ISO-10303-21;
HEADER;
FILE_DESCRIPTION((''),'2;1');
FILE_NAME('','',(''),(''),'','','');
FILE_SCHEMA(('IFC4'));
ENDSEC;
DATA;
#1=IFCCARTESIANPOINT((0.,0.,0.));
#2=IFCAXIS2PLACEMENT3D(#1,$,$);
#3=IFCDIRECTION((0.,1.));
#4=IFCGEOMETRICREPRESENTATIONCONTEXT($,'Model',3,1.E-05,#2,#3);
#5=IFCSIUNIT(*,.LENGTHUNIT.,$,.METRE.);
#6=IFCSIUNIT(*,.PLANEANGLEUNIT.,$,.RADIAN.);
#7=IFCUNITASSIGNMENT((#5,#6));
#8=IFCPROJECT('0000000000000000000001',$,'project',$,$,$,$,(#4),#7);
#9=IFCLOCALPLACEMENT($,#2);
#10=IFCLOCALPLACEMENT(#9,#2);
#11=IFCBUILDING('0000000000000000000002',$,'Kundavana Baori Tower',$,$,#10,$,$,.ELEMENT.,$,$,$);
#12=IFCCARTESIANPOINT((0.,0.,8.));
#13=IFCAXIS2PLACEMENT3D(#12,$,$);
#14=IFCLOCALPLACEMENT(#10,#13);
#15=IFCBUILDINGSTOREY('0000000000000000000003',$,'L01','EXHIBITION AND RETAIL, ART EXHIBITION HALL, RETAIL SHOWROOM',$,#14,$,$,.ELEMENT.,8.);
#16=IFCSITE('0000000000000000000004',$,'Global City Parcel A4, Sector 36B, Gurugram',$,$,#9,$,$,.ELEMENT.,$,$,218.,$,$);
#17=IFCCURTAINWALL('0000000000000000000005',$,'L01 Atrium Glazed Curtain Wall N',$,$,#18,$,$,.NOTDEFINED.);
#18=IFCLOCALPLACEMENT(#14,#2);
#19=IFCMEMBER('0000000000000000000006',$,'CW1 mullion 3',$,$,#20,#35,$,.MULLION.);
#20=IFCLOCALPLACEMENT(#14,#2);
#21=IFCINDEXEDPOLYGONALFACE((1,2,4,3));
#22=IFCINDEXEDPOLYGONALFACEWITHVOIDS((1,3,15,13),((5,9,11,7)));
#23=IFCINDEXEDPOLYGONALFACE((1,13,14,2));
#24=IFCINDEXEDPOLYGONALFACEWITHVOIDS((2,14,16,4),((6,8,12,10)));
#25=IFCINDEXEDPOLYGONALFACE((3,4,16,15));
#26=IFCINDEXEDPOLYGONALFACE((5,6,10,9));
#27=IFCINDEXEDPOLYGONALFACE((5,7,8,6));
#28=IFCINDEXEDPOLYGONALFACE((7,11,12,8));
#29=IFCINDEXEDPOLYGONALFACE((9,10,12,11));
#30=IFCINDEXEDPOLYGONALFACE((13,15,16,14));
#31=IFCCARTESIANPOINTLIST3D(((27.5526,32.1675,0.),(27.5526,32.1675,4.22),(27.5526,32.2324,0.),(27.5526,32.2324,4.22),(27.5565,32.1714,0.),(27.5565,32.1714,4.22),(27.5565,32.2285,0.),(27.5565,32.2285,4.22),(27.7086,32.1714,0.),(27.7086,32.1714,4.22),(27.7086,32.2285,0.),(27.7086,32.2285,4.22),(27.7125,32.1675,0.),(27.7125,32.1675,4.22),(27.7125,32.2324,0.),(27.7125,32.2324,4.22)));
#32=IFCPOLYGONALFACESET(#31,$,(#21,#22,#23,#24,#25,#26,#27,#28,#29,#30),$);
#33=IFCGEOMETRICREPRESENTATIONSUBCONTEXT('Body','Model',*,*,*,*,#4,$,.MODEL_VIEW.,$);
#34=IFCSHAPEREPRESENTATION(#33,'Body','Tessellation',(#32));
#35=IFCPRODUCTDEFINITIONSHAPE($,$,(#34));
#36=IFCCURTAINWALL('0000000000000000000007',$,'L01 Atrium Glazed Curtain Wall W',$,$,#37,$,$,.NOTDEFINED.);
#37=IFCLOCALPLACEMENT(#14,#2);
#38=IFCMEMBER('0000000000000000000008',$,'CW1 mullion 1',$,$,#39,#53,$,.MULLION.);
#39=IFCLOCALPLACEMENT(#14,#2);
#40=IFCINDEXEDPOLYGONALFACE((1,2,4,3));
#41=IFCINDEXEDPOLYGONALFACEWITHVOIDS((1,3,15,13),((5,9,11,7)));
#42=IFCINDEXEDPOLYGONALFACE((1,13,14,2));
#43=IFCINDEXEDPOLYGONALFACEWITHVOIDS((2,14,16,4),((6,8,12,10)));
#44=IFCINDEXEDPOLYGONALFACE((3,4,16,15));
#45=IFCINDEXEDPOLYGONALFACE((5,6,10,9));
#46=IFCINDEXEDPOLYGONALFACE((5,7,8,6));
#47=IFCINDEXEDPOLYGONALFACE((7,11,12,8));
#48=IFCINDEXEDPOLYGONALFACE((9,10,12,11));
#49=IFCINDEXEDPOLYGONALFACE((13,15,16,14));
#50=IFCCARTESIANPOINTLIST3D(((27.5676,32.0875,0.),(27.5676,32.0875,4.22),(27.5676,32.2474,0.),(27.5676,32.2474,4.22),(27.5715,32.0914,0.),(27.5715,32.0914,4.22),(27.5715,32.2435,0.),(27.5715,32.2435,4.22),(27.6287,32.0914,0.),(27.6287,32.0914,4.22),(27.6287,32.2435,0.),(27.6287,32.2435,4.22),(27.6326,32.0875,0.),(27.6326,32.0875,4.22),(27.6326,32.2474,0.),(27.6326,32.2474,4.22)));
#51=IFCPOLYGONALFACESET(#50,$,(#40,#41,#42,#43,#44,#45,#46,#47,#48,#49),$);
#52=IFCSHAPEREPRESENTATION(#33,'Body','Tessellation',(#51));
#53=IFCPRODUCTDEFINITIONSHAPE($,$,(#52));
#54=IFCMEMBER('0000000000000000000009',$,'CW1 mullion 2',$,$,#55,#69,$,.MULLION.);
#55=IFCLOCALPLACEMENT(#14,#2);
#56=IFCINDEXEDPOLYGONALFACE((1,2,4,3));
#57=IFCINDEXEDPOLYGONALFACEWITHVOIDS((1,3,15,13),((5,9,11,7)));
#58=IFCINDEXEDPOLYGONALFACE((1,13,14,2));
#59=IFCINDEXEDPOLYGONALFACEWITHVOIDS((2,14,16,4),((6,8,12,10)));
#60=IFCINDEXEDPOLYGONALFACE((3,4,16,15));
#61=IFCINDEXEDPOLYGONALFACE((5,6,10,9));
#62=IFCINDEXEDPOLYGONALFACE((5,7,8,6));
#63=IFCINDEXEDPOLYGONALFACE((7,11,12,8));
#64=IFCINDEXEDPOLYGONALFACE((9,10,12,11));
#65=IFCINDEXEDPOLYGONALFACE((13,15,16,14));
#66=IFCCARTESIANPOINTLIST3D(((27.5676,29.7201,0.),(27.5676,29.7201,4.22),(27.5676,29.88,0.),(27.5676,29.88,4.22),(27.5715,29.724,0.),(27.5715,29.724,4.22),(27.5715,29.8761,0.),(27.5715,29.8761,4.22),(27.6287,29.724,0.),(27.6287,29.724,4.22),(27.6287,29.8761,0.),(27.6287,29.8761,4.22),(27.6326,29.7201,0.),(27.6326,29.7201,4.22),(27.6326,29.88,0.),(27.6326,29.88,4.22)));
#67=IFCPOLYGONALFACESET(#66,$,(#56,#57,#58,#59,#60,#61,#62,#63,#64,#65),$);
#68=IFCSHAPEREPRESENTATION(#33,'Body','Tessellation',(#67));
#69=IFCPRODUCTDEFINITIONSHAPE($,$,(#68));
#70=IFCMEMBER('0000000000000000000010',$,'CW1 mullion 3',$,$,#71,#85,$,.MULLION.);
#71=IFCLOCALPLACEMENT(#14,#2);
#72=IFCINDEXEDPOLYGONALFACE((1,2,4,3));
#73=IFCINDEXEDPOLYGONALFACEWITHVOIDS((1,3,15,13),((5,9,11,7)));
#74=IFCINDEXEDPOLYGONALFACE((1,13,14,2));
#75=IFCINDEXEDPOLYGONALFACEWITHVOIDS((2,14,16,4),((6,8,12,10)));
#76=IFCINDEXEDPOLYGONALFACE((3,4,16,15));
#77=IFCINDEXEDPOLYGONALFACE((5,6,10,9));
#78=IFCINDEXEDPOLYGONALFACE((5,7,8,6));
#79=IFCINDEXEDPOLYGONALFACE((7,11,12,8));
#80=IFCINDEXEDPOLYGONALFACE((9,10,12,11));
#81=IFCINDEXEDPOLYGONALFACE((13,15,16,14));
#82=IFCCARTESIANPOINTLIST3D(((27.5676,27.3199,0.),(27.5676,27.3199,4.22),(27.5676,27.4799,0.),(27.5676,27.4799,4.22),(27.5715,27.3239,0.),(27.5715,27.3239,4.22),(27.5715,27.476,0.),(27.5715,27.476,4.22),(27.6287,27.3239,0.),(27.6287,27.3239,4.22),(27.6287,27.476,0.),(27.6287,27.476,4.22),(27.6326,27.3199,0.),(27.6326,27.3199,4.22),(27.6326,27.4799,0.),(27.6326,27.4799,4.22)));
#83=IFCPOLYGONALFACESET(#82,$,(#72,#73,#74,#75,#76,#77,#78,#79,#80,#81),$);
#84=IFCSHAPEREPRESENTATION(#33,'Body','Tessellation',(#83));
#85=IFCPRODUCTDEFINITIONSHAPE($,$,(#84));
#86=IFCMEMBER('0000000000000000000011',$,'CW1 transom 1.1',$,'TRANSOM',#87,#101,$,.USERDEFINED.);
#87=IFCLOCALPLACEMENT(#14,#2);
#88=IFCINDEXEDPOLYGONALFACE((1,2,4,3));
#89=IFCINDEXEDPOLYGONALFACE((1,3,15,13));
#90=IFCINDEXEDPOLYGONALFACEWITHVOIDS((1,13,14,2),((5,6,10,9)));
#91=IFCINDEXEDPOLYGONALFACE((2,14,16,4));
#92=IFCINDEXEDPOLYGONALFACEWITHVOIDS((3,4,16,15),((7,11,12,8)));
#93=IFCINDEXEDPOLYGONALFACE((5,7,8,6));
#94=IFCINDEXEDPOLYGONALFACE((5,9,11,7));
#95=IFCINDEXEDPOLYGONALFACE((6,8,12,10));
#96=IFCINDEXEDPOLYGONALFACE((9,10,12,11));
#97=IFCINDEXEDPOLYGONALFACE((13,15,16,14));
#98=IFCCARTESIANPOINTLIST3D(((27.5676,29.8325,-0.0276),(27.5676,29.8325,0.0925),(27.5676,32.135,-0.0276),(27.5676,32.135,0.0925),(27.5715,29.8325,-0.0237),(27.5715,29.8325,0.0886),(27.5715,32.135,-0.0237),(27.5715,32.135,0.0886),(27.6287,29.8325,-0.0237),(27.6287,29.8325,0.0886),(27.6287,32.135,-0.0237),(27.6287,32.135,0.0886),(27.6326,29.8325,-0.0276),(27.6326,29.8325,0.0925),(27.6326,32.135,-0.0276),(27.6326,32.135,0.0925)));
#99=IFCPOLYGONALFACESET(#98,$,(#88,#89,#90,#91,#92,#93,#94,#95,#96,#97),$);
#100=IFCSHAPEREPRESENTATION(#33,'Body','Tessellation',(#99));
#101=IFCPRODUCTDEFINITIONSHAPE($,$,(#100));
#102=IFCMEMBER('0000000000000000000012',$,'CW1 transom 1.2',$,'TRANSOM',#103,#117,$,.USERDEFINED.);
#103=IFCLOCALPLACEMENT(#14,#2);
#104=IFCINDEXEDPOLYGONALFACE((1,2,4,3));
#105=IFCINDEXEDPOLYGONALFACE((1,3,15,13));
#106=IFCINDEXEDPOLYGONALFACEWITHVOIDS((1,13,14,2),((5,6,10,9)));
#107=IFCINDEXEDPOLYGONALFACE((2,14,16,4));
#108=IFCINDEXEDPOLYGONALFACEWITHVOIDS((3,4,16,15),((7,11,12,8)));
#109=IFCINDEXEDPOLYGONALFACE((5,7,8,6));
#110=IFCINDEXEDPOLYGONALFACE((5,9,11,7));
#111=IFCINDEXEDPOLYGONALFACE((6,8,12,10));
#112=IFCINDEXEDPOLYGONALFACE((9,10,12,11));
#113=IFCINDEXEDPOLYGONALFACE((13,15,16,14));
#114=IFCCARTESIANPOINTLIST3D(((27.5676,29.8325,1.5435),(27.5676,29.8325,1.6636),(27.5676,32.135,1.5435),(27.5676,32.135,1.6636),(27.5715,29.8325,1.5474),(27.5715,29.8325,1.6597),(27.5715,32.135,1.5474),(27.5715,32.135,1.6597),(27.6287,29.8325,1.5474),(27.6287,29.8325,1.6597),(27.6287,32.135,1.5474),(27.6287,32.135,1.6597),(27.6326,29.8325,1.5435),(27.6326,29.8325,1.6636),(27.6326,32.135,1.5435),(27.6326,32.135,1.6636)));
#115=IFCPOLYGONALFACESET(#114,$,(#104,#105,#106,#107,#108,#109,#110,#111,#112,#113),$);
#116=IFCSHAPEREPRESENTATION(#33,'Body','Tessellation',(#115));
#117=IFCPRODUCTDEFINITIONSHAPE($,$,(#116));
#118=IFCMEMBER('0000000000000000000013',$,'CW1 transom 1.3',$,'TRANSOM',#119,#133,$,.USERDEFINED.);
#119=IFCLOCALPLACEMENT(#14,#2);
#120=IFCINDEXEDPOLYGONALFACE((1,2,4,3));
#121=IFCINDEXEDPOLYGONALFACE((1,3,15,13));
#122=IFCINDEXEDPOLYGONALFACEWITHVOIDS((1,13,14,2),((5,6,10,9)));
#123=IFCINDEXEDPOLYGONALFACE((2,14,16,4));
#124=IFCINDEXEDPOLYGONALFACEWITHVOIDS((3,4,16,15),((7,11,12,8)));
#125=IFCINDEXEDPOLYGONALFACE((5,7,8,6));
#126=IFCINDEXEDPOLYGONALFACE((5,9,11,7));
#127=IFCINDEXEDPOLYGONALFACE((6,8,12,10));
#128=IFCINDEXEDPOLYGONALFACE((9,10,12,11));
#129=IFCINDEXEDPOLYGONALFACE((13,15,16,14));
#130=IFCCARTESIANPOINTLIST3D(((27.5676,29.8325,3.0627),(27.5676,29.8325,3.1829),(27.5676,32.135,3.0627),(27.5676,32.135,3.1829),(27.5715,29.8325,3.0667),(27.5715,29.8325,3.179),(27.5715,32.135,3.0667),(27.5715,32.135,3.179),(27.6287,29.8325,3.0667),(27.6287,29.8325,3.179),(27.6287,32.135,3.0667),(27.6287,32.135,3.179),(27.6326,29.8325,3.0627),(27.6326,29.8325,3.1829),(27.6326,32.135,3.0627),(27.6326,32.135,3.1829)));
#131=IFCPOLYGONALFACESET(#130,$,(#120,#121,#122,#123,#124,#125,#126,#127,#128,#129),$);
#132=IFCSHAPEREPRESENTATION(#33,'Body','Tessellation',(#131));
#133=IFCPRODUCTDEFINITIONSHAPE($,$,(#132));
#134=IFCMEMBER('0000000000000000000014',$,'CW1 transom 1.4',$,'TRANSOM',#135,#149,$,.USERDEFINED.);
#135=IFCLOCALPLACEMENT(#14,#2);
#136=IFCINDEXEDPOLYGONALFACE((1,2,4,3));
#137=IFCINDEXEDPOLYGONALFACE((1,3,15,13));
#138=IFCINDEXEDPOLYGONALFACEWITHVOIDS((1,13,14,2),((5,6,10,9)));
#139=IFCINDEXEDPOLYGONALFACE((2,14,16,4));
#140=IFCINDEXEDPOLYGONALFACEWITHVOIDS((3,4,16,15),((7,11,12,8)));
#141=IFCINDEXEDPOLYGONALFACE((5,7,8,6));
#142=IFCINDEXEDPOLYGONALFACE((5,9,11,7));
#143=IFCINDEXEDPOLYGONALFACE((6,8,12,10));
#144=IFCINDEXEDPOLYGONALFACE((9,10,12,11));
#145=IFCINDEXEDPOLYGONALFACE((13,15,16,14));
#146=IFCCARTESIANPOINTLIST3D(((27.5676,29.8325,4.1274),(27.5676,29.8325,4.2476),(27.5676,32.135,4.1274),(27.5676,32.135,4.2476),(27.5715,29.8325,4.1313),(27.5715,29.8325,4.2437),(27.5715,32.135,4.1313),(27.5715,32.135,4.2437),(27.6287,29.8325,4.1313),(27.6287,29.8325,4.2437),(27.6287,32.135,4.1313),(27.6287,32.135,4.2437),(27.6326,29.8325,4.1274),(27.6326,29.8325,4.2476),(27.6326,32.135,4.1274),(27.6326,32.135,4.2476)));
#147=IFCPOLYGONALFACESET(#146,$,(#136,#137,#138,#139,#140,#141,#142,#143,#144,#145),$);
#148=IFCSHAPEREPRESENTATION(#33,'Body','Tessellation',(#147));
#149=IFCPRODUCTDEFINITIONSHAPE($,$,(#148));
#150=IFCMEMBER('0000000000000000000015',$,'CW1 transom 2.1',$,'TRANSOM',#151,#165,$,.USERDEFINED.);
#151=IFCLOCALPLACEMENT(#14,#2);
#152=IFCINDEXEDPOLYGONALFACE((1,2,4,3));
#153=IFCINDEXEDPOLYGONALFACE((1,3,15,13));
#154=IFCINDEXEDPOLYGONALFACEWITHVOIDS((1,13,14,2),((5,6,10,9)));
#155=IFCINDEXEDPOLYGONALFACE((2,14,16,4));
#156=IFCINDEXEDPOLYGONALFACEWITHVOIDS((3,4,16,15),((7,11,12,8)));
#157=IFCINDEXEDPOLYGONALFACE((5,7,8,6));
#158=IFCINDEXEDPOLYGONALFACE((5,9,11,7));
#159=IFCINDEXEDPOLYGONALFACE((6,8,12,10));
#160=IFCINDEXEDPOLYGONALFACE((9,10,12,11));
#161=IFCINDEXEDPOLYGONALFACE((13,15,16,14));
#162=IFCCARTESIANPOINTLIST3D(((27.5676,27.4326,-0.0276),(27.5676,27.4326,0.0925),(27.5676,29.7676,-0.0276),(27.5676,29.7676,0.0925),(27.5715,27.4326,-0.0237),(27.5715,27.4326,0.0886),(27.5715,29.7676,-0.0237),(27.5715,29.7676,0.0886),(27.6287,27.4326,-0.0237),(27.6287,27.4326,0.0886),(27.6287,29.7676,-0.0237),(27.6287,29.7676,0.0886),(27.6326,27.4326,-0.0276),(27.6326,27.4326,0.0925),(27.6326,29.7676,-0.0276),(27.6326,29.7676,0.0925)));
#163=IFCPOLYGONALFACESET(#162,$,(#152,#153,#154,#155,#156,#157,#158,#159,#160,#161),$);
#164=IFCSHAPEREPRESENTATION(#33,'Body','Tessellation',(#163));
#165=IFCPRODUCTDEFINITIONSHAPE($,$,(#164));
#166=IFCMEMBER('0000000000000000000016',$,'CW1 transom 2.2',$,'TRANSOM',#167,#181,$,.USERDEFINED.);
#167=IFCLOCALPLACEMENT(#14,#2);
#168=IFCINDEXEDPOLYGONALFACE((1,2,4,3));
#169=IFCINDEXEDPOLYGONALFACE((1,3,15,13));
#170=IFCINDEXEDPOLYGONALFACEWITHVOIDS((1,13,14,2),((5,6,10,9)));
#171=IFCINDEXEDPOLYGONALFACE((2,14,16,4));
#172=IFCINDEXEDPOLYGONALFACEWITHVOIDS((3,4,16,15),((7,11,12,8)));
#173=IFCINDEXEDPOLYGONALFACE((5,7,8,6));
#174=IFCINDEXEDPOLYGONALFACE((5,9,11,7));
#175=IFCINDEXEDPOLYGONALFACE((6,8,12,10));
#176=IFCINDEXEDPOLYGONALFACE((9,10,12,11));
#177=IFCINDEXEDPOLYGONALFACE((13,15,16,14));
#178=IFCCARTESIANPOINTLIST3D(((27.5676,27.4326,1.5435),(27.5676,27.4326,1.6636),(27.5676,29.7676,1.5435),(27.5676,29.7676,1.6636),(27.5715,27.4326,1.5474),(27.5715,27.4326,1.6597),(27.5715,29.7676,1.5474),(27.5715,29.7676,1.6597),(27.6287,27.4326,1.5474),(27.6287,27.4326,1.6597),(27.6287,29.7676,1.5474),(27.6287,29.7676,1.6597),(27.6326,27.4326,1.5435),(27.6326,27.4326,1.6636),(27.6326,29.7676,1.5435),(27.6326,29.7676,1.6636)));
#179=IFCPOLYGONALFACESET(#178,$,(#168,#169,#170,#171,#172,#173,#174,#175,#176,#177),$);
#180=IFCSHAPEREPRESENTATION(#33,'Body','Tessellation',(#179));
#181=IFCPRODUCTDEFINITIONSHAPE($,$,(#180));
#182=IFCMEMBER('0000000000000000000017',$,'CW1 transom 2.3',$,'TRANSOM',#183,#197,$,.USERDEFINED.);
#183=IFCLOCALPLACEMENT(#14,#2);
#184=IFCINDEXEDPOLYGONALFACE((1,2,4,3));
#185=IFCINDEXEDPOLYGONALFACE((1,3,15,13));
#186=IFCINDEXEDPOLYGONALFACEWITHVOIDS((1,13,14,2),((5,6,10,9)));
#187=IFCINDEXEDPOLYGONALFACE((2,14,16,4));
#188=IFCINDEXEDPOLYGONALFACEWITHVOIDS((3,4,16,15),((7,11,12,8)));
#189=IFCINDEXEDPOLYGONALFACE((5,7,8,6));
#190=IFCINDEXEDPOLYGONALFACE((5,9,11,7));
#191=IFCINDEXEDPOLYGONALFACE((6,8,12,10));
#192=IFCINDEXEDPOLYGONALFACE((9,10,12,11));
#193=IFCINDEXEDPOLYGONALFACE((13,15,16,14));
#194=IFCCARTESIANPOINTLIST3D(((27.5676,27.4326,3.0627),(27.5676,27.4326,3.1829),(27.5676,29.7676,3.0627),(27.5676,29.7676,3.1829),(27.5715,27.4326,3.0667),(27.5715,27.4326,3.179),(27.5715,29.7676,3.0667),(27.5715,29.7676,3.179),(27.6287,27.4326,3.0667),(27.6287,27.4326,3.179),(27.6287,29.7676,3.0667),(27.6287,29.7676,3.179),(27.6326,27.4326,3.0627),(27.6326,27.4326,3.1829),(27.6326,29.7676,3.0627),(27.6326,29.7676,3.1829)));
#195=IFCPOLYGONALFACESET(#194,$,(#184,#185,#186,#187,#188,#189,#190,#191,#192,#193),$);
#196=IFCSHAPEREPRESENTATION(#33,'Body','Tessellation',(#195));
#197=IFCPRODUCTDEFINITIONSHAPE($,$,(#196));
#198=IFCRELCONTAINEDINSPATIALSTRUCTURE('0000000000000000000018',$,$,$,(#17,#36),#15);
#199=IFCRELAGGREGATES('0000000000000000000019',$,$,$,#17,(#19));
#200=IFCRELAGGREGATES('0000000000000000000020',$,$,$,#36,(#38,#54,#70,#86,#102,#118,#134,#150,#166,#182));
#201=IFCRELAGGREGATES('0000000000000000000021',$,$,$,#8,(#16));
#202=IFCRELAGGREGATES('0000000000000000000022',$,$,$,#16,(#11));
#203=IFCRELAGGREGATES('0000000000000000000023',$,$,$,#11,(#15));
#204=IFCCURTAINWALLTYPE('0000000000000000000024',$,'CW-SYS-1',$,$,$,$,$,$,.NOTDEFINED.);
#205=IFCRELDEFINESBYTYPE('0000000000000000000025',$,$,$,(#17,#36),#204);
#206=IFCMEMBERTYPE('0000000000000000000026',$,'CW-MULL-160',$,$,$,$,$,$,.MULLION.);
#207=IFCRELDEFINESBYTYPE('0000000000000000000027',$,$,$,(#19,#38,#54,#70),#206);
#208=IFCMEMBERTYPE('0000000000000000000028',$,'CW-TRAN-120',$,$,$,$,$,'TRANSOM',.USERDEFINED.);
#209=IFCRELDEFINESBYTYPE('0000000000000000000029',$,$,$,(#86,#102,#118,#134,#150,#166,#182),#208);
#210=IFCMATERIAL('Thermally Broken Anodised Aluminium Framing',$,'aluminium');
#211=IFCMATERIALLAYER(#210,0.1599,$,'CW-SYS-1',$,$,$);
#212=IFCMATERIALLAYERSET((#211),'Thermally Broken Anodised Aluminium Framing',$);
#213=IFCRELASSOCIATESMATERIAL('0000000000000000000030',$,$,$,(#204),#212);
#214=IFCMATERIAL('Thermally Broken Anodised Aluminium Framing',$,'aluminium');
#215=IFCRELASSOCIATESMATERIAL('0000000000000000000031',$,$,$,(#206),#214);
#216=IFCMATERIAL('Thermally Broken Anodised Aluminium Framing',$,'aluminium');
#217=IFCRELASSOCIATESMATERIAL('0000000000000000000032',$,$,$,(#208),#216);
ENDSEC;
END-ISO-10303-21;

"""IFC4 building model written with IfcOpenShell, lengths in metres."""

from ifc_helpers import new_model, si_unit, direction, frame, origin, origin_2d, place, context, subcontext, project, spatial, hollow_rectangle, extrude, material, layer, layer_set, material_profile, profile_set, type_object, element, aggregate, save


model = new_model("IFC4")

# Units and contexts
model_context = context("Model", 3, precision=1e-05, world=origin(), true_north=direction((0.0, 1.0)))
body_context = subcontext(model_context, "Body", "Model", "MODEL_VIEW")
ifc_project = project(units=[si_unit("LENGTHUNIT", "METRE"), si_unit("PLANEANGLEUNIT", "RADIAN")], contexts=[model_context])

# Site, building, storey
site_placement = place(None, origin())
site = spatial("IfcSite", under=ifc_project, at=site_placement, Name="Global City Parcel A4, Sector 36B, Gurugram", CompositionType="ELEMENT", RefElevation=218.0)
building_placement = place(site_placement, origin())
building = spatial("IfcBuilding", under=site, at=building_placement, Name="Kundavana Baori Tower", CompositionType="ELEMENT")
storey_placement = place(building_placement, frame((0.0, 0.0, 8.0)))
storey = spatial("IfcBuildingStorey", under=building, at=storey_placement, Name="L01", Description="EXHIBITION AND RETAIL, ART EXHIBITION HALL, RETAIL SHOWROOM", CompositionType="ELEMENT", Elevation=8.0)

# Curtain wall, member
ifc_material_1 = material(Name="Thermally Broken Anodised Aluminium Framing", Category="aluminium")
ifc_layer_1 = layer(ifc_material_1, 0.1599, Name="CW-SYS-1")
ifc_layer_set_1 = layer_set([ifc_layer_1], Name="Thermally Broken Anodised Aluminium Framing")
curtain_wall_type = type_object("IfcCurtainWallType", Name="CW-SYS-1", PredefinedType="NOTDEFINED", material=ifc_layer_set_1)
curtain_wall_1_placement = place(storey_placement, origin())
curtain_wall_1 = element("IfcCurtainWall", 1, at=curtain_wall_1_placement, inside=storey, type_object=curtain_wall_type, Name="L01 Atrium Glazed Curtain Wall N", PredefinedType="NOTDEFINED")
ifc_material_2 = material(Name="Thermally Broken Anodised Aluminium Framing", Category="aluminium")
ifc_material_profile_1 = material_profile(ifc_material_2, hollow_rectangle(XDim=0.0649, YDim=0.1599, WallThickness=0.0039, at=origin_2d()), Name="CW-MULL-160")
ifc_profile_set_1 = profile_set([ifc_material_profile_1], Name="Thermally Broken Anodised Aluminium Framing")
member_type_1 = type_object("IfcMemberType", Name="CW-MULL-160", PredefinedType="MULLION", material=ifc_profile_set_1)
member_1_placement = place(storey_placement, frame((27.6326, 32.2, 0.0), z_axis=(0.0, 0.0, 1.0), x_axis=(0.0, -1.0, 0.0)))
member_1 = element("IfcMember", 2, at=member_1_placement, type_object=member_type_1, Name="CW1 mullion 3", PredefinedType="MULLION", context=body_context, shape_type="SweptSolid", body=[
    extrude(hollow_rectangle(XDim=0.0649, YDim=0.1599, WallThickness=0.0039, at=origin_2d()), origin(), (0.0, 0.0, 1.0), 4.22),
])
aggregate(curtain_wall_1, [member_1])

# Curtain wall, members
curtain_wall_2_placement = place(storey_placement, origin())
curtain_wall_2 = element("IfcCurtainWall", 3, at=curtain_wall_2_placement, inside=storey, type_object=curtain_wall_type, Name="L01 Atrium Glazed Curtain Wall W", PredefinedType="NOTDEFINED")
member_2_placement = place(storey_placement, frame((27.6001, 32.1675, 0.0), z_axis=(0.0, 0.0, 1.0), x_axis=(1.0, 0.0, 0.0)))
member_2 = element("IfcMember", 4, at=member_2_placement, type_object=member_type_1, Name="CW1 mullion 1", PredefinedType="MULLION", context=body_context, shape_type="SweptSolid", body=[
    extrude(hollow_rectangle(XDim=0.0649, YDim=0.1599, WallThickness=0.0039, at=origin_2d()), origin(), (0.0, 0.0, 1.0), 4.22),
])
member_3_placement = place(storey_placement, frame((27.6001, 29.8, 0.0), z_axis=(0.0, 0.0, 1.0), x_axis=(1.0, 0.0, 0.0)))
member_3 = element("IfcMember", 5, at=member_3_placement, type_object=member_type_1, Name="CW1 mullion 2", PredefinedType="MULLION", context=body_context, shape_type="SweptSolid", body=[
    extrude(hollow_rectangle(XDim=0.0649, YDim=0.1599, WallThickness=0.0039, at=origin_2d()), origin(), (0.0, 0.0, 1.0), 4.22),
])
member_4_placement = place(storey_placement, frame((27.6001, 27.3999, 0.0), z_axis=(0.0, 0.0, 1.0), x_axis=(1.0, 0.0, 0.0)))
member_4 = element("IfcMember", 6, at=member_4_placement, type_object=member_type_1, Name="CW1 mullion 3", PredefinedType="MULLION", context=body_context, shape_type="SweptSolid", body=[
    extrude(hollow_rectangle(XDim=0.0649, YDim=0.1599, WallThickness=0.0039, at=origin_2d()), origin(), (0.0, 0.0, 1.0), 4.22),
])
ifc_material_3 = material(Name="Thermally Broken Anodised Aluminium Framing", Category="aluminium")
ifc_material_profile_2 = material_profile(ifc_material_3, hollow_rectangle(XDim=0.0649, YDim=0.1201, WallThickness=0.0039, at=origin_2d()), Name="CW-TRAN-120")
ifc_profile_set_2 = profile_set([ifc_material_profile_2], Name="Thermally Broken Anodised Aluminium Framing")
member_type_2 = type_object("IfcMemberType", Name="CW-TRAN-120", ElementType="TRANSOM", PredefinedType="USERDEFINED", material=ifc_profile_set_2)
member_5_placement = place(storey_placement, frame((27.6001, 32.135, 0.0325), z_axis=(0.0, -1.0, 0.0), x_axis=(1.0, 0.0, 0.0)))
member_5 = element("IfcMember", 7, at=member_5_placement, type_object=member_type_2, Name="CW1 transom 1.1", ObjectType="TRANSOM", PredefinedType="USERDEFINED", context=body_context, shape_type="SweptSolid", body=[
    extrude(hollow_rectangle(XDim=0.0649, YDim=0.1201, WallThickness=0.0039, at=origin_2d()), origin(), (0.0, 0.0, 1.0), 2.3025),
])
member_6_placement = place(storey_placement, frame((27.6001, 32.135, 1.6035), z_axis=(0.0, -1.0, 0.0), x_axis=(1.0, 0.0, 0.0)))
member_6 = element("IfcMember", 8, at=member_6_placement, type_object=member_type_2, Name="CW1 transom 1.2", ObjectType="TRANSOM", PredefinedType="USERDEFINED", context=body_context, shape_type="SweptSolid", body=[
    extrude(hollow_rectangle(XDim=0.0649, YDim=0.1201, WallThickness=0.0039, at=origin_2d()), origin(), (0.0, 0.0, 1.0), 2.3025),
])
member_7_placement = place(storey_placement, frame((27.6001, 32.135, 3.1228), z_axis=(0.0, -1.0, 0.0), x_axis=(1.0, 0.0, 0.0)))
member_7 = element("IfcMember", 9, at=member_7_placement, type_object=member_type_2, Name="CW1 transom 1.3", ObjectType="TRANSOM", PredefinedType="USERDEFINED", context=body_context, shape_type="SweptSolid", body=[
    extrude(hollow_rectangle(XDim=0.0649, YDim=0.1201, WallThickness=0.0039, at=origin_2d()), origin(), (0.0, 0.0, 1.0), 2.3025),
])
member_8_placement = place(storey_placement, frame((27.6001, 32.135, 4.1875), z_axis=(0.0, -1.0, 0.0), x_axis=(1.0, 0.0, 0.0)))
member_8 = element("IfcMember", 10, at=member_8_placement, type_object=member_type_2, Name="CW1 transom 1.4", ObjectType="TRANSOM", PredefinedType="USERDEFINED", context=body_context, shape_type="SweptSolid", body=[
    extrude(hollow_rectangle(XDim=0.0649, YDim=0.1201, WallThickness=0.0039, at=origin_2d()), origin(), (0.0, 0.0, 1.0), 2.3025),
])
member_9_placement = place(storey_placement, frame((27.6001, 29.7676, 0.0325), z_axis=(0.0, -1.0, 0.0), x_axis=(1.0, 0.0, 0.0)))
member_9 = element("IfcMember", 11, at=member_9_placement, type_object=member_type_2, Name="CW1 transom 2.1", ObjectType="TRANSOM", PredefinedType="USERDEFINED", context=body_context, shape_type="SweptSolid", body=[
    extrude(hollow_rectangle(XDim=0.0649, YDim=0.1201, WallThickness=0.0039, at=origin_2d()), origin(), (0.0, 0.0, 1.0), 2.335),
])
member_10_placement = place(storey_placement, frame((27.6001, 29.7676, 1.6035), z_axis=(0.0, -1.0, 0.0), x_axis=(1.0, 0.0, 0.0)))
member_10 = element("IfcMember", 12, at=member_10_placement, type_object=member_type_2, Name="CW1 transom 2.2", ObjectType="TRANSOM", PredefinedType="USERDEFINED", context=body_context, shape_type="SweptSolid", body=[
    extrude(hollow_rectangle(XDim=0.0649, YDim=0.1201, WallThickness=0.0039, at=origin_2d()), origin(), (0.0, 0.0, 1.0), 2.335),
])
member_11_placement = place(storey_placement, frame((27.6001, 29.7676, 3.1228), z_axis=(0.0, -1.0, 0.0), x_axis=(1.0, 0.0, 0.0)))
member_11 = element("IfcMember", 13, at=member_11_placement, type_object=member_type_2, Name="CW1 transom 2.3", ObjectType="TRANSOM", PredefinedType="USERDEFINED", context=body_context, shape_type="SweptSolid", body=[
    extrude(hollow_rectangle(XDim=0.0649, YDim=0.1201, WallThickness=0.0039, at=origin_2d()), origin(), (0.0, 0.0, 1.0), 2.335),
])
aggregate(curtain_wall_2, [member_2, member_3, member_4, member_5, member_6, member_7, member_8, member_9, member_10, member_11])

save(model, "model.ifc")
